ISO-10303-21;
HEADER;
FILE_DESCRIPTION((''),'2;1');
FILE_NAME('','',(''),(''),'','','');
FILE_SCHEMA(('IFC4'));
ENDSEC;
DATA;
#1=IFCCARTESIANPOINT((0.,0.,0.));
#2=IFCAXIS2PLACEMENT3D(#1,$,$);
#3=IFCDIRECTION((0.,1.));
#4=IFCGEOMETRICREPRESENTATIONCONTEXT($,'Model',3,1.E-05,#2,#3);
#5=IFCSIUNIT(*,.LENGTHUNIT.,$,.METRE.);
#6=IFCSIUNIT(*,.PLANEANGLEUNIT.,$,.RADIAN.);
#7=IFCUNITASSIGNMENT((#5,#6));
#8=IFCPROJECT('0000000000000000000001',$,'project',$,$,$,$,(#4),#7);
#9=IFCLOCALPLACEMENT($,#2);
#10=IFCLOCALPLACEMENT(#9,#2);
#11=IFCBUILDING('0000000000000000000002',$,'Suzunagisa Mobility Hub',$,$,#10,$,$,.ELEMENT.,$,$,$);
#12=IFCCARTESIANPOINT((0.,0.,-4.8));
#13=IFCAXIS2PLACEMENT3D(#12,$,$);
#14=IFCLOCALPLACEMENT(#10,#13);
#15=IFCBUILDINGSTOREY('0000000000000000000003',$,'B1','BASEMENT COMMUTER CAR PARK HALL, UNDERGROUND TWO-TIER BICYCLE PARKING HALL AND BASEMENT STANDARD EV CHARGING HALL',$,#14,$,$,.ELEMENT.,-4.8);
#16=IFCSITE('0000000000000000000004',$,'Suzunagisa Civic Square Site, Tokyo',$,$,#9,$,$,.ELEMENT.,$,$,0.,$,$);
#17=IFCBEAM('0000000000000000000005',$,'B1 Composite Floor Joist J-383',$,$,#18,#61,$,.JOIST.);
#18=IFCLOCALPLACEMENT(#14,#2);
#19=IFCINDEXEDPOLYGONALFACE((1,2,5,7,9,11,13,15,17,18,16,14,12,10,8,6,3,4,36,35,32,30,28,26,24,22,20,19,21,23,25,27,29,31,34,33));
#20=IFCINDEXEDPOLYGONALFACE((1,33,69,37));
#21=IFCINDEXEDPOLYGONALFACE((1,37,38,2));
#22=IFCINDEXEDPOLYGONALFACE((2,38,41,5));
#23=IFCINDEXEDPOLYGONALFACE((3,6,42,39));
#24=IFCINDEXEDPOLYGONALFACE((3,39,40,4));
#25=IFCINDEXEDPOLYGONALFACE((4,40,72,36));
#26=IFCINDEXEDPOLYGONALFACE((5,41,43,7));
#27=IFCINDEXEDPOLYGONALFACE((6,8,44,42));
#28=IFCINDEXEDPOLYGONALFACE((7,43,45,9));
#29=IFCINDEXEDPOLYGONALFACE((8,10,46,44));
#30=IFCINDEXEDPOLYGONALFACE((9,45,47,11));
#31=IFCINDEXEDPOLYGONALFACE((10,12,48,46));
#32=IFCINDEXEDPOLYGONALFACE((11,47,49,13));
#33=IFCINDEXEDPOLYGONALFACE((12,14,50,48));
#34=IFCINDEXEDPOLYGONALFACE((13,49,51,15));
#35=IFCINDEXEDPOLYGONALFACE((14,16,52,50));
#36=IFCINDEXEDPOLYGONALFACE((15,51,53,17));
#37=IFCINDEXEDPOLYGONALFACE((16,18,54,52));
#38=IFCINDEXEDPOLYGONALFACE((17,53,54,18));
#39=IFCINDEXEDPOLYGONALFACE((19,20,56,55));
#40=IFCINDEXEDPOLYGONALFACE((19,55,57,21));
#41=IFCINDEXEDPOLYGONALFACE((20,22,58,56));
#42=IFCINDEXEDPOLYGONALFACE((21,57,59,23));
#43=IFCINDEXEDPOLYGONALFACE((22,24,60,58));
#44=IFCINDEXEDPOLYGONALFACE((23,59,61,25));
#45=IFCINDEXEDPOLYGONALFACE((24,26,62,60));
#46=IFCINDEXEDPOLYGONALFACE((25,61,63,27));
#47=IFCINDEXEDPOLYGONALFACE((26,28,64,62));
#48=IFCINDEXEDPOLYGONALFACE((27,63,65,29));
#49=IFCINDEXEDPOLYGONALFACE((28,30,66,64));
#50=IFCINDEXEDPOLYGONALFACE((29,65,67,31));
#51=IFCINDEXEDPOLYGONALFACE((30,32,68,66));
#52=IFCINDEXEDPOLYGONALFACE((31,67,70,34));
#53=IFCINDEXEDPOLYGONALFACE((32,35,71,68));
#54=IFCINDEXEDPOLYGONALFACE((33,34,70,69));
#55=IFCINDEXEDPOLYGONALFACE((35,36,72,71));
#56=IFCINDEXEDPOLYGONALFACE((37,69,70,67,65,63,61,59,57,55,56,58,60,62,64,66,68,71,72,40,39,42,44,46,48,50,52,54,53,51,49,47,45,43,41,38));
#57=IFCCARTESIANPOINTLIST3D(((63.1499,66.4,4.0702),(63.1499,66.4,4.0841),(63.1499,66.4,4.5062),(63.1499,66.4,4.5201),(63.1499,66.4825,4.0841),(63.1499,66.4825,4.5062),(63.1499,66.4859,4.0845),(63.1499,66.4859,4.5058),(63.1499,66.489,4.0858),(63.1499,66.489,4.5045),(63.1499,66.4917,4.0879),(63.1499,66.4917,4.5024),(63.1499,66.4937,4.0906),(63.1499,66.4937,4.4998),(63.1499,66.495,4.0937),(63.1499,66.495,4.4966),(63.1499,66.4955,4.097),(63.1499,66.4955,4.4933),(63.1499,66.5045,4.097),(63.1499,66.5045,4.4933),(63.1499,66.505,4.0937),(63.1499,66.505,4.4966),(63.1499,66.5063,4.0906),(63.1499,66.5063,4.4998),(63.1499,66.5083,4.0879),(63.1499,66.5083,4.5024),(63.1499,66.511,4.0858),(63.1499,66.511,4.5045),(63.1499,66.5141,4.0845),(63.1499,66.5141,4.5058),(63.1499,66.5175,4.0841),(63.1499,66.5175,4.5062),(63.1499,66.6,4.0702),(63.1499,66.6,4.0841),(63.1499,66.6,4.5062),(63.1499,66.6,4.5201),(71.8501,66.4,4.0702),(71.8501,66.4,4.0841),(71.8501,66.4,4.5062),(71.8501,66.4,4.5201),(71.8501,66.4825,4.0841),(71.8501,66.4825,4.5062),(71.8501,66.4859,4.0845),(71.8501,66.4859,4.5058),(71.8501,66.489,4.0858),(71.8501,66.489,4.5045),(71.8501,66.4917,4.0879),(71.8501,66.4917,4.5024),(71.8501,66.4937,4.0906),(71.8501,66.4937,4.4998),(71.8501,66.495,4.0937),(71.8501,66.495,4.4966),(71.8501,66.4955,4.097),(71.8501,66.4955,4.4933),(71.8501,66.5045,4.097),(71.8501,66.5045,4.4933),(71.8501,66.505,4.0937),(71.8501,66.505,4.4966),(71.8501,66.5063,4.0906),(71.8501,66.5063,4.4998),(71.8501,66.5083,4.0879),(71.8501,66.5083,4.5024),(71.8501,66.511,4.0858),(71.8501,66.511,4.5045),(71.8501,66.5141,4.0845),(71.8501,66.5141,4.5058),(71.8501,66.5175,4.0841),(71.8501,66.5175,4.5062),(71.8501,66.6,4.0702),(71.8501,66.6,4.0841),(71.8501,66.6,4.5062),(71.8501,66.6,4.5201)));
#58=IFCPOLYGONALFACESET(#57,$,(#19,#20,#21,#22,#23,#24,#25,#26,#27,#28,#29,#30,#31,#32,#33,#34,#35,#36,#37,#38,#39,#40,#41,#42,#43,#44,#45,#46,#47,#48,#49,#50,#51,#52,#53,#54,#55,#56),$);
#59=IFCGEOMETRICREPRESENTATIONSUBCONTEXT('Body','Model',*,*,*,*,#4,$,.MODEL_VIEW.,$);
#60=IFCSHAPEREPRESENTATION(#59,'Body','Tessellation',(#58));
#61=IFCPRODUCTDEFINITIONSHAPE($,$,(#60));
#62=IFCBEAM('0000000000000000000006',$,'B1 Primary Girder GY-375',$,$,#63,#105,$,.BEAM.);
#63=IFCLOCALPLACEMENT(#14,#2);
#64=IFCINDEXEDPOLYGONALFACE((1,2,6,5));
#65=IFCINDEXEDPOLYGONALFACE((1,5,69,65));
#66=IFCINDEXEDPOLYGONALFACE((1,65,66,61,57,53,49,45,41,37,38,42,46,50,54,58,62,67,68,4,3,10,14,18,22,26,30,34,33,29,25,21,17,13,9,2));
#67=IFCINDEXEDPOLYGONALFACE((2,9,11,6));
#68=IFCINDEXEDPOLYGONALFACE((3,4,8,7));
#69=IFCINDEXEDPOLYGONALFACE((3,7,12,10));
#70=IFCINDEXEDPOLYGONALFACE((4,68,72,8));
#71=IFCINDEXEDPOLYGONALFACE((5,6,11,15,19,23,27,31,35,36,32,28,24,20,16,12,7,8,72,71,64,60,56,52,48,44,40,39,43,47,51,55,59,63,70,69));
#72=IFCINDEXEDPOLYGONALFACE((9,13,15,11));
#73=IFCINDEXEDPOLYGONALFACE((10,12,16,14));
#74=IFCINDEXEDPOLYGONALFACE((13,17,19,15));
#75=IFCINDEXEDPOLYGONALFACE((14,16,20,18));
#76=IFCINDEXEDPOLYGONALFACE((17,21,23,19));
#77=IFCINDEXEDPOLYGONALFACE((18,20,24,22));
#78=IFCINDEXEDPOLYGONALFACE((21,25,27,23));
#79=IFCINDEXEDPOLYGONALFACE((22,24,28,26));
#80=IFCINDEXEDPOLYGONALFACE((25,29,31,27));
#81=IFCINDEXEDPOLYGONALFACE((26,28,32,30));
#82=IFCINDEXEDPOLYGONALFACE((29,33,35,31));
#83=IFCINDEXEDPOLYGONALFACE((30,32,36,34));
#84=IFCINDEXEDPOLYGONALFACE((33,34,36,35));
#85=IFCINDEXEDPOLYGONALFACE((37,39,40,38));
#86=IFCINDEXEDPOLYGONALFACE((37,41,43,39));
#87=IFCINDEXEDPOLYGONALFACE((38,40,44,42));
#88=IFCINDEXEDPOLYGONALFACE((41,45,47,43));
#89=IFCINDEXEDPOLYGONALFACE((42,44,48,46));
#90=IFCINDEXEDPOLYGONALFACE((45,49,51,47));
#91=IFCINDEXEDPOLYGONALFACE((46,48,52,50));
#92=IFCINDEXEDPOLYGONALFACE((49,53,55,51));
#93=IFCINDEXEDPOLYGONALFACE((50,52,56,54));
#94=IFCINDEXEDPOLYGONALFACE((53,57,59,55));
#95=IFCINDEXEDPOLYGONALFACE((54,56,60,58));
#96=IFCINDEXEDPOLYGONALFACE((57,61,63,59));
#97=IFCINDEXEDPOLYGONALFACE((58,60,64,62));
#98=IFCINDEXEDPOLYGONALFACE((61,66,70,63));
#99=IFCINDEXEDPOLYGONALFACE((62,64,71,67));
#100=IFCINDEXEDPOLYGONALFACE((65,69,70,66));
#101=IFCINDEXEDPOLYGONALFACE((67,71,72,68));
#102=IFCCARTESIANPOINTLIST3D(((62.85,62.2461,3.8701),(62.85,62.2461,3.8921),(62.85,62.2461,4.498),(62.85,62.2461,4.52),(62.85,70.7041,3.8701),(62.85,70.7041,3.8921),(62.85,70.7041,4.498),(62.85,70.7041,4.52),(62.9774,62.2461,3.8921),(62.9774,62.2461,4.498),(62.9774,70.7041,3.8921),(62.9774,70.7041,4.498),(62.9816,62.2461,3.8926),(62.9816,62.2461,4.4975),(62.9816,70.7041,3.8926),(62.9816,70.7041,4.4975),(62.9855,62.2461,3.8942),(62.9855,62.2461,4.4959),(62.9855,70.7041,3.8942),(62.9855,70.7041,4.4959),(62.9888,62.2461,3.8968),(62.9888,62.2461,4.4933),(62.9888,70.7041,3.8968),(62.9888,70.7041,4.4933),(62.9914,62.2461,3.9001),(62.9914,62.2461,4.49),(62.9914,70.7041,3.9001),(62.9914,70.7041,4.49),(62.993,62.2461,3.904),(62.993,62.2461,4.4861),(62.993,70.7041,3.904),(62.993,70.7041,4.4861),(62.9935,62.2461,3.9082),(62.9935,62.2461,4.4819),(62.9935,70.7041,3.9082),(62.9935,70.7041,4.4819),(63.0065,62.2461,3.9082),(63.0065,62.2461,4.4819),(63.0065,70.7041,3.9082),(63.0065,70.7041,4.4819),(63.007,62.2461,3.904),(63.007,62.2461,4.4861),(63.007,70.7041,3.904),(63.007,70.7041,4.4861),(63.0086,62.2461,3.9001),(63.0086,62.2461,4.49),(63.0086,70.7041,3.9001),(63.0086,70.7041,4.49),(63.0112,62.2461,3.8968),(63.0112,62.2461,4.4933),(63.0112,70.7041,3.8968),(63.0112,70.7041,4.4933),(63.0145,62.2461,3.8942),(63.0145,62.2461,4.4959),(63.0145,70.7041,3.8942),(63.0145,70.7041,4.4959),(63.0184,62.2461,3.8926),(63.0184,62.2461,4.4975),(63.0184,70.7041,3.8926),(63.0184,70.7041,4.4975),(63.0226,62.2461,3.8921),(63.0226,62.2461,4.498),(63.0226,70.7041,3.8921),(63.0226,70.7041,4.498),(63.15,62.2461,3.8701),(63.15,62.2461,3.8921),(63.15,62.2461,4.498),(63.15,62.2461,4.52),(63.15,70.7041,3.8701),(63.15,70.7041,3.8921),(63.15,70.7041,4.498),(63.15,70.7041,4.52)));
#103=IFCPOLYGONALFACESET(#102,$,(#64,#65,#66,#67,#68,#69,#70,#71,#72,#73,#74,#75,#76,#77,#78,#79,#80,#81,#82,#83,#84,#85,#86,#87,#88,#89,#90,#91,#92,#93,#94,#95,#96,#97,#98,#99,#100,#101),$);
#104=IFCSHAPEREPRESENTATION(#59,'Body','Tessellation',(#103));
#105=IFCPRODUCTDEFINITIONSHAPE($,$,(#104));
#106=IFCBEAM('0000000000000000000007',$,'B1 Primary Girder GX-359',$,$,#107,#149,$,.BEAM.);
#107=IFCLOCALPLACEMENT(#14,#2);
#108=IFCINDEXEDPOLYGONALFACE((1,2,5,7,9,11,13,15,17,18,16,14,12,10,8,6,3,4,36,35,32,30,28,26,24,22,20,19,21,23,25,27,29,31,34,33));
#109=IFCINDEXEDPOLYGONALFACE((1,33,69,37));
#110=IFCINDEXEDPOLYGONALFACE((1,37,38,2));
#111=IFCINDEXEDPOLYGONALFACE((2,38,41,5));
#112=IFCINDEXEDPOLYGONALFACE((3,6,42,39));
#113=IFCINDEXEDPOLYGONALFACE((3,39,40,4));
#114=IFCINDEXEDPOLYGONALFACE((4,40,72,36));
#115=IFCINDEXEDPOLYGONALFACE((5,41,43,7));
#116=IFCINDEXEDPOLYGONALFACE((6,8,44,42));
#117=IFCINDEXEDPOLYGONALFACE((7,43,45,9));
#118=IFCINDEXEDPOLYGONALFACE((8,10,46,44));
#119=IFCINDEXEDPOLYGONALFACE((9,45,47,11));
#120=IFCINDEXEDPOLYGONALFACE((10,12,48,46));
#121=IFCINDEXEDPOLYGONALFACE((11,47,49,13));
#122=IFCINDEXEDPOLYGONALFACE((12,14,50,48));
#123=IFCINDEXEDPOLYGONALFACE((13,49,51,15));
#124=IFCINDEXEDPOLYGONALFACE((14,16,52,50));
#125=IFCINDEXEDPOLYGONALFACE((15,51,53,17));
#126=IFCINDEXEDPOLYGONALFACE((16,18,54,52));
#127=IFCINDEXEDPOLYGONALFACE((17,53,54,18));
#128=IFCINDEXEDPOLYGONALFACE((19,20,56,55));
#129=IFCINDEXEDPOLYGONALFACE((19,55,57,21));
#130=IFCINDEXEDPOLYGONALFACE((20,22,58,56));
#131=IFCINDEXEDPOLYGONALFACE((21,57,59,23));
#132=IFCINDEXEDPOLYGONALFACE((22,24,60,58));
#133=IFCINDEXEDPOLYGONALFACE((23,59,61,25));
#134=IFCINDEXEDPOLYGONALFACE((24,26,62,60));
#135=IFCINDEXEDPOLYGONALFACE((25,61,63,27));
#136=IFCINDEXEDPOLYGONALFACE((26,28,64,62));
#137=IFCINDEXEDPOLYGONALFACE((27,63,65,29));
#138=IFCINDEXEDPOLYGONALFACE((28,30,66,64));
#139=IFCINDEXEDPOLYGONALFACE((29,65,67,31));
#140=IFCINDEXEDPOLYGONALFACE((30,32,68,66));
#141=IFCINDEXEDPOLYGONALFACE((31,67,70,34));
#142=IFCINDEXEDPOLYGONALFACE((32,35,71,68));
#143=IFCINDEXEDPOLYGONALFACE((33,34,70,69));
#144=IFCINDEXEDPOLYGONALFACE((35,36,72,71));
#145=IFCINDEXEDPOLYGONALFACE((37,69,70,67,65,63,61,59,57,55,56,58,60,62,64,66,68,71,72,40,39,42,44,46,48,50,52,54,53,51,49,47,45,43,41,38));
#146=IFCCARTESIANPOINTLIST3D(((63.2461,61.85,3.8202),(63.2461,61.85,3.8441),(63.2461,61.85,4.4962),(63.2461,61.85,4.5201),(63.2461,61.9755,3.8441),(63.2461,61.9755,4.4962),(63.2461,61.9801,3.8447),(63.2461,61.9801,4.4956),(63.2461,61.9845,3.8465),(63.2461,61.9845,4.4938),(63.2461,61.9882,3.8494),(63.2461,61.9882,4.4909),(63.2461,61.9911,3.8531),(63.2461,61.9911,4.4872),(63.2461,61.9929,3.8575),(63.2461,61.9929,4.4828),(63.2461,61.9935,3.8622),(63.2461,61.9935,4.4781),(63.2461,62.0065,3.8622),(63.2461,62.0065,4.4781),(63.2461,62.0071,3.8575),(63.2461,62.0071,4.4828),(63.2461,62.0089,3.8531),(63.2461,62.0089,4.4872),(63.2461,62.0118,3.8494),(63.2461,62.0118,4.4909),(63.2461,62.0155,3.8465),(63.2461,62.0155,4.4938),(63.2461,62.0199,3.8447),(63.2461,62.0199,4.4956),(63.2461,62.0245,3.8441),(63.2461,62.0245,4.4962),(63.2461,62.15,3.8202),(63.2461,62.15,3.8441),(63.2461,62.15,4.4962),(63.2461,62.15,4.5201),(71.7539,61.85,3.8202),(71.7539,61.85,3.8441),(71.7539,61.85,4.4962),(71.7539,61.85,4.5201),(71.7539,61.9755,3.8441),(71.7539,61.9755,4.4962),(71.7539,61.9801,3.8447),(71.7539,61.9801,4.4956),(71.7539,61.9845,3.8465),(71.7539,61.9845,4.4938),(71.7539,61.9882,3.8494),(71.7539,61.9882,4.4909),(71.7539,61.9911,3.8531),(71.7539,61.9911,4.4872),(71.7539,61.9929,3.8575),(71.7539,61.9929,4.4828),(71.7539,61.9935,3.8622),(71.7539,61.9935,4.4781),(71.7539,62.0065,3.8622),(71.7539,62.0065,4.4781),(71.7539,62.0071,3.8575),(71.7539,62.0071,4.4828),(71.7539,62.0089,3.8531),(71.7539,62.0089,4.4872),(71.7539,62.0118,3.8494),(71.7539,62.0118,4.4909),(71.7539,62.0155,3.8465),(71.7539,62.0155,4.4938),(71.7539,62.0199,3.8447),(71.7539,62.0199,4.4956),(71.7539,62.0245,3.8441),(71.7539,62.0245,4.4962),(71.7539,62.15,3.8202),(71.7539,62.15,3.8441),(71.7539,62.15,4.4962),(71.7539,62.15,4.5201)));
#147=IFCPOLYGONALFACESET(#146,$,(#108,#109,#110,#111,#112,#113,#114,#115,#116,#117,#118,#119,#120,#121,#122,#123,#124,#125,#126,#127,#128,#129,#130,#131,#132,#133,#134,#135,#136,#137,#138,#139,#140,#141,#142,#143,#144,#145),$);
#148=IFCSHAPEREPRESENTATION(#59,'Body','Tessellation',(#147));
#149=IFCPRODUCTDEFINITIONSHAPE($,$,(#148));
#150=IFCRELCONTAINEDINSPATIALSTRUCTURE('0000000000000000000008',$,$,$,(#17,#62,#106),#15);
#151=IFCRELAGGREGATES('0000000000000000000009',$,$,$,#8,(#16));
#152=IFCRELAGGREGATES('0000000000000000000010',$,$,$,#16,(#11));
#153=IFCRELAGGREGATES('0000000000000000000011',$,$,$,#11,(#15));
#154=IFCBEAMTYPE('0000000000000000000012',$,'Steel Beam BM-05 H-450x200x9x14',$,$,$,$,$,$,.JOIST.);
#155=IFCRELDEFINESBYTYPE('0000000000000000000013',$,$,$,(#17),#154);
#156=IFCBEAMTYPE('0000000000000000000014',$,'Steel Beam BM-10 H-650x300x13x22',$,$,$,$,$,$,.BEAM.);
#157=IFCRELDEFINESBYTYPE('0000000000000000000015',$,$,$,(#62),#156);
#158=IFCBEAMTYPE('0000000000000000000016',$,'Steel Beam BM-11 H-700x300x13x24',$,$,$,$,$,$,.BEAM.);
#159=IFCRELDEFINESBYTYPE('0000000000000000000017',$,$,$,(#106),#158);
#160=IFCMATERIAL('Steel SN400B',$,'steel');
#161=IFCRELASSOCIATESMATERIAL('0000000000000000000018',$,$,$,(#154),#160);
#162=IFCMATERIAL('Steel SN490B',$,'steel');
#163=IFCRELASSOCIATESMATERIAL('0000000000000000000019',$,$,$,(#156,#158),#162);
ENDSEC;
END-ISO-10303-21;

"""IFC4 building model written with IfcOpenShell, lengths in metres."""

from ifc_helpers import new_model, si_unit, direction, frame, origin, origin_2d, place, context, subcontext, project, spatial, i_section, extrude, material, material_profile, profile_set, type_object, element, save


model = new_model("IFC4")

# Units and contexts
model_context = context("Model", 3, precision=1e-05, world=origin(), true_north=direction((0.0, 1.0)))
body_context = subcontext(model_context, "Body", "Model", "MODEL_VIEW")
ifc_project = project(units=[si_unit("LENGTHUNIT", "METRE"), si_unit("PLANEANGLEUNIT", "RADIAN")], contexts=[model_context])

# Site, building, storey
site_placement = place(None, origin())
site = spatial("IfcSite", under=ifc_project, at=site_placement, Name="Suzunagisa Civic Square Site, Tokyo", CompositionType="ELEMENT", RefElevation=0.0)
building_placement = place(site_placement, origin())
building = spatial("IfcBuilding", under=site, at=building_placement, Name="Suzunagisa Mobility Hub", CompositionType="ELEMENT")
storey_placement = place(building_placement, frame((0.0, 0.0, -4.8)))
storey = spatial("IfcBuildingStorey", under=building, at=storey_placement, Name="B1", Description="BASEMENT COMMUTER CAR PARK HALL, UNDERGROUND TWO-TIER BICYCLE PARKING HALL AND BASEMENT STANDARD EV CHARGING HALL", CompositionType="ELEMENT", Elevation=-4.8)

# Shared definitions
ifc_material_1 = material(Name="Steel SN490B", Category="steel")

# Beams
ifc_material_2 = material(Name="Steel SN400B", Category="steel")
ifc_material_profile_1 = material_profile(ifc_material_2, i_section(OverallWidth=0.2, OverallDepth=0.45, WebThickness=0.009, FlangeThickness=0.0139, FilletRadius=0.0129, at=origin_2d()), Name="H-450x200x9x14")
ifc_profile_set_1 = profile_set([ifc_material_profile_1], Name="Steel SN400B")
beam_type_1 = type_object("IfcBeamType", Name="Steel Beam BM-05 H-450x200x9x14", PredefinedType="JOIST", material=ifc_profile_set_1)
beam_1_placement = place(storey_placement, frame((63.1499, 66.5, 4.2952), z_axis=(1.0, 0.0, 0.0), x_axis=(0.0, 1.0, 0.0)))
element("IfcBeam", 1, at=beam_1_placement, inside=storey, type_object=beam_type_1, Name="B1 Composite Floor Joist J-383", PredefinedType="JOIST", context=body_context, shape_type="SweptSolid", body=[
    extrude(i_section(OverallWidth=0.2, OverallDepth=0.45, WebThickness=0.009, FlangeThickness=0.0139, FilletRadius=0.0129, at=origin_2d()), origin(), (0.0, 0.0, 1.0), 8.7002),
])
ifc_material_profile_2 = material_profile(ifc_material_1, i_section(OverallWidth=0.3, OverallDepth=0.6499, WebThickness=0.0129, FlangeThickness=0.022, FilletRadius=0.0161, at=origin_2d()), Name="H-650x300x13x22")
ifc_profile_set_2 = profile_set([ifc_material_profile_2], Name="Steel SN490B")
beam_type_2 = type_object("IfcBeamType", Name="Steel Beam BM-10 H-650x300x13x22", PredefinedType="BEAM", material=ifc_profile_set_2)
beam_2_placement = place(storey_placement, frame((63.0, 62.2461, 4.1951), z_axis=(0.0, 1.0, 0.0), x_axis=(-1.0, 0.0, 0.0)))
element("IfcBeam", 2, at=beam_2_placement, inside=storey, type_object=beam_type_2, Name="B1 Primary Girder GY-375", PredefinedType="BEAM", context=body_context, shape_type="SweptSolid", body=[
    extrude(i_section(OverallWidth=0.3, OverallDepth=0.6499, WebThickness=0.0129, FlangeThickness=0.022, FilletRadius=0.0161, at=origin_2d()), origin(), (0.0, 0.0, 1.0), 8.458),
])
ifc_material_profile_3 = material_profile(ifc_material_1, i_section(OverallWidth=0.3, OverallDepth=0.7, WebThickness=0.0129, FlangeThickness=0.0239, FilletRadius=0.0181, at=origin_2d()), Name="H-700x300x13x24")
ifc_profile_set_3 = profile_set([ifc_material_profile_3], Name="Steel SN490B")
beam_type_3 = type_object("IfcBeamType", Name="Steel Beam BM-11 H-700x300x13x24", PredefinedType="BEAM", material=ifc_profile_set_3)
beam_3_placement = place(storey_placement, frame((63.2461, 62.0, 4.1702), z_axis=(1.0, 0.0, 0.0), x_axis=(0.0, 1.0, 0.0)))
element("IfcBeam", 3, at=beam_3_placement, inside=storey, type_object=beam_type_3, Name="B1 Primary Girder GX-359", PredefinedType="BEAM", context=body_context, shape_type="SweptSolid", body=[
    extrude(i_section(OverallWidth=0.3, OverallDepth=0.7, WebThickness=0.0129, FlangeThickness=0.0239, FilletRadius=0.0181, at=origin_2d()), origin(), (0.0, 0.0, 1.0), 8.5078),
])

save(model, "model.ifc")
